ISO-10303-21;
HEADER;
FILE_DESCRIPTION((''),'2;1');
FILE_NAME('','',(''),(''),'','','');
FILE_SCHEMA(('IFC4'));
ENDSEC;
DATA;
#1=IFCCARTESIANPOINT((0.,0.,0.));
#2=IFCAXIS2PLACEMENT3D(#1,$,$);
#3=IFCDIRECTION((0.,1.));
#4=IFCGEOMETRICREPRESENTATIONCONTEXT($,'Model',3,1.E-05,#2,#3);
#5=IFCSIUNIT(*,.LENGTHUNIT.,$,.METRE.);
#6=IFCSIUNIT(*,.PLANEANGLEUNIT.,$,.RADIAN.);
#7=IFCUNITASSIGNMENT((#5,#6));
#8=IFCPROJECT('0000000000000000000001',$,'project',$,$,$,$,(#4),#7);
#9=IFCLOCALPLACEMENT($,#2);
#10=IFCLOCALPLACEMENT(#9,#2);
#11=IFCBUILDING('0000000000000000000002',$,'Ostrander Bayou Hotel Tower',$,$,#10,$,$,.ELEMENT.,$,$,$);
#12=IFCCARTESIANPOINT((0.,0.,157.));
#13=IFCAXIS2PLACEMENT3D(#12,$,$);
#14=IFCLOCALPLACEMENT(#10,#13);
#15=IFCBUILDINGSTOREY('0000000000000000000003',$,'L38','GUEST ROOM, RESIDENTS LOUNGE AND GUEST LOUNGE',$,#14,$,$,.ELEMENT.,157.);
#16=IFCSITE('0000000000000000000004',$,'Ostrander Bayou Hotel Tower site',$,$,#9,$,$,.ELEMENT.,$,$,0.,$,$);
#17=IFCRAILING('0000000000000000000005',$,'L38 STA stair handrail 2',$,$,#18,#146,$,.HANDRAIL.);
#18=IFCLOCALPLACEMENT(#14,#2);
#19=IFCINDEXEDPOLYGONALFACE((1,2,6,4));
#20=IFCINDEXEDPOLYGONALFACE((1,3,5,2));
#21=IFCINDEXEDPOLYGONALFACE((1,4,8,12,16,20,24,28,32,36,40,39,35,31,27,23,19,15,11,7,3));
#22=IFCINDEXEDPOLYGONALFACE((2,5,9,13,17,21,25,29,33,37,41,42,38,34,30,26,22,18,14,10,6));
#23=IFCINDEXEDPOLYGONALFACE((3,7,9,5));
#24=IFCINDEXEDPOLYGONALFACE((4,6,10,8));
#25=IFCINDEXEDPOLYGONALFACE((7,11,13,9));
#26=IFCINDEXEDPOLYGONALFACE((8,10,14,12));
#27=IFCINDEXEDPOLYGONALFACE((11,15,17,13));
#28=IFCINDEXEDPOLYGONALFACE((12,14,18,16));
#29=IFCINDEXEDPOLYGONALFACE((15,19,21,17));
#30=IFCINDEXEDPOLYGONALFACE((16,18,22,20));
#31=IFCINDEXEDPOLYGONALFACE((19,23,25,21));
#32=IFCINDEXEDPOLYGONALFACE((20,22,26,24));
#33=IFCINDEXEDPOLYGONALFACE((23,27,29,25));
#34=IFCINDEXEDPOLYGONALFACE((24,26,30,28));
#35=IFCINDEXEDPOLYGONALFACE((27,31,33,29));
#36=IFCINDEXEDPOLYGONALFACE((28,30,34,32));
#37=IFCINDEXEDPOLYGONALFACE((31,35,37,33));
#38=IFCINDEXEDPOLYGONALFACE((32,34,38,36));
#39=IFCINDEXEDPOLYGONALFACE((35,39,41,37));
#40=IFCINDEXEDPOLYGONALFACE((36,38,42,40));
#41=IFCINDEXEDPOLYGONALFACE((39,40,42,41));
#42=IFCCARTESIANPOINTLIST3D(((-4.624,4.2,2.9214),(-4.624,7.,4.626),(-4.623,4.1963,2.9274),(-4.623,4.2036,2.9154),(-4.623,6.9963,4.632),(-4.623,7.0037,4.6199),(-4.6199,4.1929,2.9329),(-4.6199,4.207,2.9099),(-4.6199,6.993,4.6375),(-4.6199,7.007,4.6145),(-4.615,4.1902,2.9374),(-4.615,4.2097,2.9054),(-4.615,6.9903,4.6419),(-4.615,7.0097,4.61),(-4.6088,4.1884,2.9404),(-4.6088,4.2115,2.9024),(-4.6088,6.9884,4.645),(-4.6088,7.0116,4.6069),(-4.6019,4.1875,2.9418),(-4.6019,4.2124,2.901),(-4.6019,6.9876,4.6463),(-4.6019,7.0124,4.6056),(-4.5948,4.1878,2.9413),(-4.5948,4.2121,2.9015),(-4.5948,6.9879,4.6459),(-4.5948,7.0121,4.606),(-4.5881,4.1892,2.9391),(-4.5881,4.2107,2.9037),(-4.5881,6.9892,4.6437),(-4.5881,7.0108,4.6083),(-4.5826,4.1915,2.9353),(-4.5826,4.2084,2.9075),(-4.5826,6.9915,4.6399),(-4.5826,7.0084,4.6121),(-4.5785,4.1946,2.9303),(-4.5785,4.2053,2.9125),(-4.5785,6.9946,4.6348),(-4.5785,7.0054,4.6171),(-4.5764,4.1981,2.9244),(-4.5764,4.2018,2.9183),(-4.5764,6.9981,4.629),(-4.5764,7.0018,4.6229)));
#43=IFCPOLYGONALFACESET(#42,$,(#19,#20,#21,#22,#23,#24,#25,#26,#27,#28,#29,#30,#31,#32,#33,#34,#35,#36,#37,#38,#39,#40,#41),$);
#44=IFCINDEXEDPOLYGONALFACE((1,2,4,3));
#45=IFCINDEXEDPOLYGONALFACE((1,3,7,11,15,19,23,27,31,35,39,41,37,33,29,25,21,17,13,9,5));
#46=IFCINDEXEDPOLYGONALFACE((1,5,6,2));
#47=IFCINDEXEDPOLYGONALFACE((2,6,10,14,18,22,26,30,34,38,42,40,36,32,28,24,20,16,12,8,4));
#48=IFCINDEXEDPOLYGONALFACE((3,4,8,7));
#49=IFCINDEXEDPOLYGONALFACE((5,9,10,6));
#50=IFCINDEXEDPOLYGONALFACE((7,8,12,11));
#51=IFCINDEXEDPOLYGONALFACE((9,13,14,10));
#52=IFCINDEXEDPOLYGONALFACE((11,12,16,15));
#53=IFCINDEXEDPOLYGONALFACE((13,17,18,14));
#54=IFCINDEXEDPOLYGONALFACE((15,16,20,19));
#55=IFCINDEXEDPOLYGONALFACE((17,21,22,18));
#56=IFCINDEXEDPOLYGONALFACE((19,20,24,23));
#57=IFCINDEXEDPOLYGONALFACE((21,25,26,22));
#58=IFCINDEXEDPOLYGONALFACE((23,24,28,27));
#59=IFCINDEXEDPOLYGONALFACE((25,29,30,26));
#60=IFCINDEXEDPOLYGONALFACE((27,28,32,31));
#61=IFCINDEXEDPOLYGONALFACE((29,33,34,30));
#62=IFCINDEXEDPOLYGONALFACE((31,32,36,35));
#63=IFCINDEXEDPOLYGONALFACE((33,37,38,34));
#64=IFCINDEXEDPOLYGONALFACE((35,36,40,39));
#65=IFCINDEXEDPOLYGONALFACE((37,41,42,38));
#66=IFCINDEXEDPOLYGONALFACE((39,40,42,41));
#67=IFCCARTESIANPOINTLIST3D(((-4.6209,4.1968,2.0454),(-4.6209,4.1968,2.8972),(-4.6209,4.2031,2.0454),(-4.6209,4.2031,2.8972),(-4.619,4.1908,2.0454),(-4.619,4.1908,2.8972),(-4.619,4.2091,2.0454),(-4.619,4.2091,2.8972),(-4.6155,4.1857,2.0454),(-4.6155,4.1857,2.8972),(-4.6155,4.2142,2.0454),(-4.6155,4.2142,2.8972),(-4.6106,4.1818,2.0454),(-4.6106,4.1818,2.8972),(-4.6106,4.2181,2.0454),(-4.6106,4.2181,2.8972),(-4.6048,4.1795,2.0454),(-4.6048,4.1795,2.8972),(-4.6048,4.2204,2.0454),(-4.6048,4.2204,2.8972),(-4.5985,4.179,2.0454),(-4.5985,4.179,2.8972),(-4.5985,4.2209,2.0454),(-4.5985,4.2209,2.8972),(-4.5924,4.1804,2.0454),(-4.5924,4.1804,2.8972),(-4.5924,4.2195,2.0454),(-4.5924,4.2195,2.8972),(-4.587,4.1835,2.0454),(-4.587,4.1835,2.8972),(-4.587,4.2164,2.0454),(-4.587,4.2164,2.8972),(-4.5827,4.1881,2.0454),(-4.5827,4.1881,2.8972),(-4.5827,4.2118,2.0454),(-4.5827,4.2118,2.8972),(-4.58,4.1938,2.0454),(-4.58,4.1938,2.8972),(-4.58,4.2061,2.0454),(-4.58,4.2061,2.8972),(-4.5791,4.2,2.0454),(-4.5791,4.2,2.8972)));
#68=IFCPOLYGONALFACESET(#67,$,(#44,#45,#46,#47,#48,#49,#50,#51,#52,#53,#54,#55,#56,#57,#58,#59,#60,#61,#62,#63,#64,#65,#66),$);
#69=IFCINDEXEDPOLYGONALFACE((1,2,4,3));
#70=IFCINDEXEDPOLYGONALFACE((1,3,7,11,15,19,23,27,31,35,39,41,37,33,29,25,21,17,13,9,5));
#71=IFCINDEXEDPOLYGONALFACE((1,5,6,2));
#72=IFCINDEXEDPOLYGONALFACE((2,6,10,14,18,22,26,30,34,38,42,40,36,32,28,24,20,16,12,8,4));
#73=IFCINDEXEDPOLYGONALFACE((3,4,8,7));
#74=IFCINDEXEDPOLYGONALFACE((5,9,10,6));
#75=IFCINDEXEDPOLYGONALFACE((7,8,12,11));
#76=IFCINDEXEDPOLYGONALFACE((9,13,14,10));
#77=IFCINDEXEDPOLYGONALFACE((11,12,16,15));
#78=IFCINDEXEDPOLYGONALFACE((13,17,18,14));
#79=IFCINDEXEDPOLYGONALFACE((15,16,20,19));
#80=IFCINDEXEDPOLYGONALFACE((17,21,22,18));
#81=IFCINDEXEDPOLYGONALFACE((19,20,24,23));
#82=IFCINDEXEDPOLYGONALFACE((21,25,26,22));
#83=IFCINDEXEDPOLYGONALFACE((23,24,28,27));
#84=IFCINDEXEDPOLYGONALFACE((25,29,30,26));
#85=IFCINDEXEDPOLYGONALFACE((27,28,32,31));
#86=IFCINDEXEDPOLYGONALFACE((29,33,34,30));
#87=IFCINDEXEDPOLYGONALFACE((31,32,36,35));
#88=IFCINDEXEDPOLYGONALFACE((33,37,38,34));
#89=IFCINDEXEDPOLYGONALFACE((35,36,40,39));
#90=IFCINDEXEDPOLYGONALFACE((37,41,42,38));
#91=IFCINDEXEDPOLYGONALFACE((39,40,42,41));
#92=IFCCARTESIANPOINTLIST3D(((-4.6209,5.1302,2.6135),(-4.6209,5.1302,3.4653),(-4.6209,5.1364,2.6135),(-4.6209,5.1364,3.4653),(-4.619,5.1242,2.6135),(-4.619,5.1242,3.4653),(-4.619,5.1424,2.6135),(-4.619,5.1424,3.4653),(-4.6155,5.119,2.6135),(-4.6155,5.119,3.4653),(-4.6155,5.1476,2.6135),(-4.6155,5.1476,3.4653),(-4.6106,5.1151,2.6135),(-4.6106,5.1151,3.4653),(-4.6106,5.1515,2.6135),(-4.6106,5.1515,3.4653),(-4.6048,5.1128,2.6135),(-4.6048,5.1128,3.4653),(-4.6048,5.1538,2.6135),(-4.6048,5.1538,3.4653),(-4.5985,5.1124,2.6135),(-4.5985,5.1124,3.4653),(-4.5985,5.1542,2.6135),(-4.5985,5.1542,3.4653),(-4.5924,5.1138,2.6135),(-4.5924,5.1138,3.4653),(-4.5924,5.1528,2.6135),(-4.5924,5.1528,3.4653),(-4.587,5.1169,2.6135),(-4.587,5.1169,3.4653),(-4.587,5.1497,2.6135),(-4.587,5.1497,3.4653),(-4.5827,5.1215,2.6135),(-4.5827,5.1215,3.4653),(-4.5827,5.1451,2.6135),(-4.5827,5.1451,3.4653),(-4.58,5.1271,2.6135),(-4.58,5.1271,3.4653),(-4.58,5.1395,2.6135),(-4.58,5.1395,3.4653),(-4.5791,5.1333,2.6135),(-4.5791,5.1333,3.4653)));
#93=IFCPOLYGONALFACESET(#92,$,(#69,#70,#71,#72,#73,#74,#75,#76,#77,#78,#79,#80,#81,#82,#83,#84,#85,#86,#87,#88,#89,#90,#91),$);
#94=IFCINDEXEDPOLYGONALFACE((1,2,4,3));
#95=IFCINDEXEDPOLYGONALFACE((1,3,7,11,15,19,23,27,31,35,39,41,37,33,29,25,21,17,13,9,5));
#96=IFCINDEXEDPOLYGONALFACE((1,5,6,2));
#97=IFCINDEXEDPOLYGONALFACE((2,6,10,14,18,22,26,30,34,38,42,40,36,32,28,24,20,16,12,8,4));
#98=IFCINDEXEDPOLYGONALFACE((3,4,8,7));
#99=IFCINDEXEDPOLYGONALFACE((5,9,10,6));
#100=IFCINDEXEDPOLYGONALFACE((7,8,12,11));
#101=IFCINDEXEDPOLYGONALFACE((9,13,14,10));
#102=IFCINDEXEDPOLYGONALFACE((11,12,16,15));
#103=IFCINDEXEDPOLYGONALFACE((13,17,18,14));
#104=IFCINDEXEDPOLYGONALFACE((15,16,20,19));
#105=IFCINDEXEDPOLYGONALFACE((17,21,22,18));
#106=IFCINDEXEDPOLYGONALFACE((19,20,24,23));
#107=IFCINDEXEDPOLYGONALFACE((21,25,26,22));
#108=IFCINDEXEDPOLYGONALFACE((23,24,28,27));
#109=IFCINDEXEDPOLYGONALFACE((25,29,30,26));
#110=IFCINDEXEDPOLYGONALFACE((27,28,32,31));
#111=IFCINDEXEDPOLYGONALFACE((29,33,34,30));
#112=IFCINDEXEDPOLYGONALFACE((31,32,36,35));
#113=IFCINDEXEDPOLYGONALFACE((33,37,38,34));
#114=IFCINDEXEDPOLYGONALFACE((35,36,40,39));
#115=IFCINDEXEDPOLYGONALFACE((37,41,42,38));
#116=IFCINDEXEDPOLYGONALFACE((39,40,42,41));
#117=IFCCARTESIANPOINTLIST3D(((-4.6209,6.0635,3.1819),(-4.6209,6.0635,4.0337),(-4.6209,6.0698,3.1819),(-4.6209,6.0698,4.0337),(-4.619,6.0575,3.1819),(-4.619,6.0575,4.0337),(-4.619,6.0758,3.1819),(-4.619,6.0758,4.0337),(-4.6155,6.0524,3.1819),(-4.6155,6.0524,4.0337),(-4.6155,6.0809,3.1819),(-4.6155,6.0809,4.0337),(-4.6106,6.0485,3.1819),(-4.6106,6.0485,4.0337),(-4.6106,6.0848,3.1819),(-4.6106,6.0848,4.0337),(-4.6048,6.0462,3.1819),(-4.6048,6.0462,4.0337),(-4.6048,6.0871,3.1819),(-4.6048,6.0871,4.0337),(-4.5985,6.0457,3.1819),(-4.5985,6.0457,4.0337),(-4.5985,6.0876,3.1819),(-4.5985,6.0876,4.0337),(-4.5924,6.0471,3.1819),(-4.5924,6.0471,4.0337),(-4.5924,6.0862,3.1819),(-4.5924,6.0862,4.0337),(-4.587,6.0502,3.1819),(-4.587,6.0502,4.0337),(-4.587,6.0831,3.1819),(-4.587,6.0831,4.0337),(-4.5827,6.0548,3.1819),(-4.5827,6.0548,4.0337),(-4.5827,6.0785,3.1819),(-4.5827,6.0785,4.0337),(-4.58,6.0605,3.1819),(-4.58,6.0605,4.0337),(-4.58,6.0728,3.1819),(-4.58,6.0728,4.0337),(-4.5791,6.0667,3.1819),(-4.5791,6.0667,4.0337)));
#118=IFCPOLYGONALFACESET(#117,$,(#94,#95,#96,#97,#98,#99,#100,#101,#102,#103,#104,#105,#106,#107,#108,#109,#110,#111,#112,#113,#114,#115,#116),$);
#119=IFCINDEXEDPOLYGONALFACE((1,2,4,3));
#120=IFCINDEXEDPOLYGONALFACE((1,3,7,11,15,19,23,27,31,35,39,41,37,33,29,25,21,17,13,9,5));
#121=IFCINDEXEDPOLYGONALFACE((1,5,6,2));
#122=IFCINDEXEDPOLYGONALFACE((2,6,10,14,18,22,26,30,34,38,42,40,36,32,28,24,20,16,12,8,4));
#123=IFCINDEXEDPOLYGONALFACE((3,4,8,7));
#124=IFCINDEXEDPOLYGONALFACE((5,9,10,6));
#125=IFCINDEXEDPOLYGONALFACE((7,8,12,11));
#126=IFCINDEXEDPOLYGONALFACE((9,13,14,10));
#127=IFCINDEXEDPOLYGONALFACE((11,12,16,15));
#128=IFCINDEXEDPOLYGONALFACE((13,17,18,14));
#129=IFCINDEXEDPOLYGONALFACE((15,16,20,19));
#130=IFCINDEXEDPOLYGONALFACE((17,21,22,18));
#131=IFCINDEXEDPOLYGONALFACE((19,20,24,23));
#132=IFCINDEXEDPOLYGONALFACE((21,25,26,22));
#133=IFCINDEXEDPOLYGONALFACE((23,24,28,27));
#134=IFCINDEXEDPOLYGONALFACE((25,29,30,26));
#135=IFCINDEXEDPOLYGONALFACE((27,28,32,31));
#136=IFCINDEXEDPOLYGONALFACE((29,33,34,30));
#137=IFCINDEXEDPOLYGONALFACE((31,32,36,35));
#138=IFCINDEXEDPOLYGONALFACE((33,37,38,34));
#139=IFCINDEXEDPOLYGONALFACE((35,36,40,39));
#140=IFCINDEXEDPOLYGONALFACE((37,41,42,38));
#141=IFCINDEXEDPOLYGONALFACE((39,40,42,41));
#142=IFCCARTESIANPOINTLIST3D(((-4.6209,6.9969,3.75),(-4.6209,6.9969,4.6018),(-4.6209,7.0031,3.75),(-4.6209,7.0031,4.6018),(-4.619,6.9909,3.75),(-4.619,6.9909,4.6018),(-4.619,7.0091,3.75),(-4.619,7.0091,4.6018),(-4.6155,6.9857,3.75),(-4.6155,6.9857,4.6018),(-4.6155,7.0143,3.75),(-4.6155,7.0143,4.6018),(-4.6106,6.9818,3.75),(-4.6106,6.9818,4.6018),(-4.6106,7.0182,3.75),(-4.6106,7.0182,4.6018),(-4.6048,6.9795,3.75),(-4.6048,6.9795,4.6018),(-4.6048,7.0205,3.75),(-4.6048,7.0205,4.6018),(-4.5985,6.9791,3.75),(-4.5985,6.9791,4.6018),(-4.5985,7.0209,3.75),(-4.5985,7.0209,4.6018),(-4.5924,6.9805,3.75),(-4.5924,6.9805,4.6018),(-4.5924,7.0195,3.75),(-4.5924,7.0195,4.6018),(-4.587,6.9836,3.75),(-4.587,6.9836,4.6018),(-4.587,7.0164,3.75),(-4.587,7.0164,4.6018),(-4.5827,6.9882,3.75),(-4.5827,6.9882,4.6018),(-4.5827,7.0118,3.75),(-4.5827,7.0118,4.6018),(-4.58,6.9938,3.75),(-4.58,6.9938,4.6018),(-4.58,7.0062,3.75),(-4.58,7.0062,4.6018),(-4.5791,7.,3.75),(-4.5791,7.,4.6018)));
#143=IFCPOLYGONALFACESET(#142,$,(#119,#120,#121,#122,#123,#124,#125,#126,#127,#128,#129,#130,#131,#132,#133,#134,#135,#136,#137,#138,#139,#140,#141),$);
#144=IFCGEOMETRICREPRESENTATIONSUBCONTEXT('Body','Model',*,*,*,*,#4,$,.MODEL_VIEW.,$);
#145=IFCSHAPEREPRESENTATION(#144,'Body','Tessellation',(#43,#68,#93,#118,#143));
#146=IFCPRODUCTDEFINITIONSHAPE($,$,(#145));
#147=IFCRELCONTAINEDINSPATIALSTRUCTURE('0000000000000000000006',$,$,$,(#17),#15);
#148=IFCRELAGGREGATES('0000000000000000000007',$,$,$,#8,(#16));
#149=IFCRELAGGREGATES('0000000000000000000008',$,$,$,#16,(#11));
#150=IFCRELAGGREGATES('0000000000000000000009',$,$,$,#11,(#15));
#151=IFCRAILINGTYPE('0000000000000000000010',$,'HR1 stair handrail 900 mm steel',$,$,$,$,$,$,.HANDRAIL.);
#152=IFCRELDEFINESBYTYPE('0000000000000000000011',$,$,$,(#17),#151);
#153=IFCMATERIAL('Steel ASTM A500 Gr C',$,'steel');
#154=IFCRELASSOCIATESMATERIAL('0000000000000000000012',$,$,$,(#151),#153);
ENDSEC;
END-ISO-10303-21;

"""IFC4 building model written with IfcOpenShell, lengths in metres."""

from ifc_helpers import new_model, si_unit, direction, frame, origin, origin_2d, place, context, subcontext, project, spatial, circle, extrude, material, type_object, element, save


model = new_model("IFC4")

# Units and contexts
model_context = context("Model", 3, precision=1e-05, world=origin(), true_north=direction((0.0, 1.0)))
body_context = subcontext(model_context, "Body", "Model", "MODEL_VIEW")
ifc_project = project(units=[si_unit("LENGTHUNIT", "METRE"), si_unit("PLANEANGLEUNIT", "RADIAN")], contexts=[model_context])

# Site, building, storey
site_placement = place(None, origin())
site = spatial("IfcSite", under=ifc_project, at=site_placement, Name="Ostrander Bayou Hotel Tower site", CompositionType="ELEMENT", RefElevation=0.0)
building_placement = place(site_placement, origin())
building = spatial("IfcBuilding", under=site, at=building_placement, Name="Ostrander Bayou Hotel Tower", CompositionType="ELEMENT")
storey_placement = place(building_placement, frame((0.0, 0.0, 157.0)))
storey = spatial("IfcBuildingStorey", under=building, at=storey_placement, Name="L38", Description="GUEST ROOM, RESIDENTS LOUNGE AND GUEST LOUNGE", CompositionType="ELEMENT", Elevation=157.0)

# Railing
ifc_material_1 = material(Name="Steel ASTM A500 Gr C", Category="steel")
railing_type_1 = type_object("IfcRailingType", Name="HR1 stair handrail 900 mm steel", PredefinedType="HANDRAIL", material=ifc_material_1)
railing_1_placement = place(storey_placement, frame((-4.6001, 4.2, 2.0454)))
element("IfcRailing", 1, at=railing_1_placement, inside=storey, type_object=railing_type_1, Name="L38 STA stair handrail 2", PredefinedType="HANDRAIL", context=body_context, shape_type="SweptSolid", body=[
    extrude(circle(Radius=0.0239, at=origin_2d()), frame((0.0, 0.0, 0.876), z_axis=(0.0, 0.85417, 0.519994), x_axis=(-1.0, 0.0, 0.0)), (0.0, 0.0, 1.0), 3.2781),
    extrude(circle(Radius=0.021, at=origin_2d()), origin(), (0.0, 0.0, 1.0), 0.8518),
    extrude(circle(Radius=0.021, at=origin_2d()), frame((0.0, 0.9333, 0.5681)), (0.0, 0.0, 1.0), 0.8518),
    extrude(circle(Radius=0.021, at=origin_2d()), frame((0.0, 1.8667, 1.1365)), (0.0, 0.0, 1.0), 0.8518),
    extrude(circle(Radius=0.021, at=origin_2d()), frame((0.0, 2.8, 1.7046)), (0.0, 0.0, 1.0), 0.8518),
])

save(model, "model.ifc")
